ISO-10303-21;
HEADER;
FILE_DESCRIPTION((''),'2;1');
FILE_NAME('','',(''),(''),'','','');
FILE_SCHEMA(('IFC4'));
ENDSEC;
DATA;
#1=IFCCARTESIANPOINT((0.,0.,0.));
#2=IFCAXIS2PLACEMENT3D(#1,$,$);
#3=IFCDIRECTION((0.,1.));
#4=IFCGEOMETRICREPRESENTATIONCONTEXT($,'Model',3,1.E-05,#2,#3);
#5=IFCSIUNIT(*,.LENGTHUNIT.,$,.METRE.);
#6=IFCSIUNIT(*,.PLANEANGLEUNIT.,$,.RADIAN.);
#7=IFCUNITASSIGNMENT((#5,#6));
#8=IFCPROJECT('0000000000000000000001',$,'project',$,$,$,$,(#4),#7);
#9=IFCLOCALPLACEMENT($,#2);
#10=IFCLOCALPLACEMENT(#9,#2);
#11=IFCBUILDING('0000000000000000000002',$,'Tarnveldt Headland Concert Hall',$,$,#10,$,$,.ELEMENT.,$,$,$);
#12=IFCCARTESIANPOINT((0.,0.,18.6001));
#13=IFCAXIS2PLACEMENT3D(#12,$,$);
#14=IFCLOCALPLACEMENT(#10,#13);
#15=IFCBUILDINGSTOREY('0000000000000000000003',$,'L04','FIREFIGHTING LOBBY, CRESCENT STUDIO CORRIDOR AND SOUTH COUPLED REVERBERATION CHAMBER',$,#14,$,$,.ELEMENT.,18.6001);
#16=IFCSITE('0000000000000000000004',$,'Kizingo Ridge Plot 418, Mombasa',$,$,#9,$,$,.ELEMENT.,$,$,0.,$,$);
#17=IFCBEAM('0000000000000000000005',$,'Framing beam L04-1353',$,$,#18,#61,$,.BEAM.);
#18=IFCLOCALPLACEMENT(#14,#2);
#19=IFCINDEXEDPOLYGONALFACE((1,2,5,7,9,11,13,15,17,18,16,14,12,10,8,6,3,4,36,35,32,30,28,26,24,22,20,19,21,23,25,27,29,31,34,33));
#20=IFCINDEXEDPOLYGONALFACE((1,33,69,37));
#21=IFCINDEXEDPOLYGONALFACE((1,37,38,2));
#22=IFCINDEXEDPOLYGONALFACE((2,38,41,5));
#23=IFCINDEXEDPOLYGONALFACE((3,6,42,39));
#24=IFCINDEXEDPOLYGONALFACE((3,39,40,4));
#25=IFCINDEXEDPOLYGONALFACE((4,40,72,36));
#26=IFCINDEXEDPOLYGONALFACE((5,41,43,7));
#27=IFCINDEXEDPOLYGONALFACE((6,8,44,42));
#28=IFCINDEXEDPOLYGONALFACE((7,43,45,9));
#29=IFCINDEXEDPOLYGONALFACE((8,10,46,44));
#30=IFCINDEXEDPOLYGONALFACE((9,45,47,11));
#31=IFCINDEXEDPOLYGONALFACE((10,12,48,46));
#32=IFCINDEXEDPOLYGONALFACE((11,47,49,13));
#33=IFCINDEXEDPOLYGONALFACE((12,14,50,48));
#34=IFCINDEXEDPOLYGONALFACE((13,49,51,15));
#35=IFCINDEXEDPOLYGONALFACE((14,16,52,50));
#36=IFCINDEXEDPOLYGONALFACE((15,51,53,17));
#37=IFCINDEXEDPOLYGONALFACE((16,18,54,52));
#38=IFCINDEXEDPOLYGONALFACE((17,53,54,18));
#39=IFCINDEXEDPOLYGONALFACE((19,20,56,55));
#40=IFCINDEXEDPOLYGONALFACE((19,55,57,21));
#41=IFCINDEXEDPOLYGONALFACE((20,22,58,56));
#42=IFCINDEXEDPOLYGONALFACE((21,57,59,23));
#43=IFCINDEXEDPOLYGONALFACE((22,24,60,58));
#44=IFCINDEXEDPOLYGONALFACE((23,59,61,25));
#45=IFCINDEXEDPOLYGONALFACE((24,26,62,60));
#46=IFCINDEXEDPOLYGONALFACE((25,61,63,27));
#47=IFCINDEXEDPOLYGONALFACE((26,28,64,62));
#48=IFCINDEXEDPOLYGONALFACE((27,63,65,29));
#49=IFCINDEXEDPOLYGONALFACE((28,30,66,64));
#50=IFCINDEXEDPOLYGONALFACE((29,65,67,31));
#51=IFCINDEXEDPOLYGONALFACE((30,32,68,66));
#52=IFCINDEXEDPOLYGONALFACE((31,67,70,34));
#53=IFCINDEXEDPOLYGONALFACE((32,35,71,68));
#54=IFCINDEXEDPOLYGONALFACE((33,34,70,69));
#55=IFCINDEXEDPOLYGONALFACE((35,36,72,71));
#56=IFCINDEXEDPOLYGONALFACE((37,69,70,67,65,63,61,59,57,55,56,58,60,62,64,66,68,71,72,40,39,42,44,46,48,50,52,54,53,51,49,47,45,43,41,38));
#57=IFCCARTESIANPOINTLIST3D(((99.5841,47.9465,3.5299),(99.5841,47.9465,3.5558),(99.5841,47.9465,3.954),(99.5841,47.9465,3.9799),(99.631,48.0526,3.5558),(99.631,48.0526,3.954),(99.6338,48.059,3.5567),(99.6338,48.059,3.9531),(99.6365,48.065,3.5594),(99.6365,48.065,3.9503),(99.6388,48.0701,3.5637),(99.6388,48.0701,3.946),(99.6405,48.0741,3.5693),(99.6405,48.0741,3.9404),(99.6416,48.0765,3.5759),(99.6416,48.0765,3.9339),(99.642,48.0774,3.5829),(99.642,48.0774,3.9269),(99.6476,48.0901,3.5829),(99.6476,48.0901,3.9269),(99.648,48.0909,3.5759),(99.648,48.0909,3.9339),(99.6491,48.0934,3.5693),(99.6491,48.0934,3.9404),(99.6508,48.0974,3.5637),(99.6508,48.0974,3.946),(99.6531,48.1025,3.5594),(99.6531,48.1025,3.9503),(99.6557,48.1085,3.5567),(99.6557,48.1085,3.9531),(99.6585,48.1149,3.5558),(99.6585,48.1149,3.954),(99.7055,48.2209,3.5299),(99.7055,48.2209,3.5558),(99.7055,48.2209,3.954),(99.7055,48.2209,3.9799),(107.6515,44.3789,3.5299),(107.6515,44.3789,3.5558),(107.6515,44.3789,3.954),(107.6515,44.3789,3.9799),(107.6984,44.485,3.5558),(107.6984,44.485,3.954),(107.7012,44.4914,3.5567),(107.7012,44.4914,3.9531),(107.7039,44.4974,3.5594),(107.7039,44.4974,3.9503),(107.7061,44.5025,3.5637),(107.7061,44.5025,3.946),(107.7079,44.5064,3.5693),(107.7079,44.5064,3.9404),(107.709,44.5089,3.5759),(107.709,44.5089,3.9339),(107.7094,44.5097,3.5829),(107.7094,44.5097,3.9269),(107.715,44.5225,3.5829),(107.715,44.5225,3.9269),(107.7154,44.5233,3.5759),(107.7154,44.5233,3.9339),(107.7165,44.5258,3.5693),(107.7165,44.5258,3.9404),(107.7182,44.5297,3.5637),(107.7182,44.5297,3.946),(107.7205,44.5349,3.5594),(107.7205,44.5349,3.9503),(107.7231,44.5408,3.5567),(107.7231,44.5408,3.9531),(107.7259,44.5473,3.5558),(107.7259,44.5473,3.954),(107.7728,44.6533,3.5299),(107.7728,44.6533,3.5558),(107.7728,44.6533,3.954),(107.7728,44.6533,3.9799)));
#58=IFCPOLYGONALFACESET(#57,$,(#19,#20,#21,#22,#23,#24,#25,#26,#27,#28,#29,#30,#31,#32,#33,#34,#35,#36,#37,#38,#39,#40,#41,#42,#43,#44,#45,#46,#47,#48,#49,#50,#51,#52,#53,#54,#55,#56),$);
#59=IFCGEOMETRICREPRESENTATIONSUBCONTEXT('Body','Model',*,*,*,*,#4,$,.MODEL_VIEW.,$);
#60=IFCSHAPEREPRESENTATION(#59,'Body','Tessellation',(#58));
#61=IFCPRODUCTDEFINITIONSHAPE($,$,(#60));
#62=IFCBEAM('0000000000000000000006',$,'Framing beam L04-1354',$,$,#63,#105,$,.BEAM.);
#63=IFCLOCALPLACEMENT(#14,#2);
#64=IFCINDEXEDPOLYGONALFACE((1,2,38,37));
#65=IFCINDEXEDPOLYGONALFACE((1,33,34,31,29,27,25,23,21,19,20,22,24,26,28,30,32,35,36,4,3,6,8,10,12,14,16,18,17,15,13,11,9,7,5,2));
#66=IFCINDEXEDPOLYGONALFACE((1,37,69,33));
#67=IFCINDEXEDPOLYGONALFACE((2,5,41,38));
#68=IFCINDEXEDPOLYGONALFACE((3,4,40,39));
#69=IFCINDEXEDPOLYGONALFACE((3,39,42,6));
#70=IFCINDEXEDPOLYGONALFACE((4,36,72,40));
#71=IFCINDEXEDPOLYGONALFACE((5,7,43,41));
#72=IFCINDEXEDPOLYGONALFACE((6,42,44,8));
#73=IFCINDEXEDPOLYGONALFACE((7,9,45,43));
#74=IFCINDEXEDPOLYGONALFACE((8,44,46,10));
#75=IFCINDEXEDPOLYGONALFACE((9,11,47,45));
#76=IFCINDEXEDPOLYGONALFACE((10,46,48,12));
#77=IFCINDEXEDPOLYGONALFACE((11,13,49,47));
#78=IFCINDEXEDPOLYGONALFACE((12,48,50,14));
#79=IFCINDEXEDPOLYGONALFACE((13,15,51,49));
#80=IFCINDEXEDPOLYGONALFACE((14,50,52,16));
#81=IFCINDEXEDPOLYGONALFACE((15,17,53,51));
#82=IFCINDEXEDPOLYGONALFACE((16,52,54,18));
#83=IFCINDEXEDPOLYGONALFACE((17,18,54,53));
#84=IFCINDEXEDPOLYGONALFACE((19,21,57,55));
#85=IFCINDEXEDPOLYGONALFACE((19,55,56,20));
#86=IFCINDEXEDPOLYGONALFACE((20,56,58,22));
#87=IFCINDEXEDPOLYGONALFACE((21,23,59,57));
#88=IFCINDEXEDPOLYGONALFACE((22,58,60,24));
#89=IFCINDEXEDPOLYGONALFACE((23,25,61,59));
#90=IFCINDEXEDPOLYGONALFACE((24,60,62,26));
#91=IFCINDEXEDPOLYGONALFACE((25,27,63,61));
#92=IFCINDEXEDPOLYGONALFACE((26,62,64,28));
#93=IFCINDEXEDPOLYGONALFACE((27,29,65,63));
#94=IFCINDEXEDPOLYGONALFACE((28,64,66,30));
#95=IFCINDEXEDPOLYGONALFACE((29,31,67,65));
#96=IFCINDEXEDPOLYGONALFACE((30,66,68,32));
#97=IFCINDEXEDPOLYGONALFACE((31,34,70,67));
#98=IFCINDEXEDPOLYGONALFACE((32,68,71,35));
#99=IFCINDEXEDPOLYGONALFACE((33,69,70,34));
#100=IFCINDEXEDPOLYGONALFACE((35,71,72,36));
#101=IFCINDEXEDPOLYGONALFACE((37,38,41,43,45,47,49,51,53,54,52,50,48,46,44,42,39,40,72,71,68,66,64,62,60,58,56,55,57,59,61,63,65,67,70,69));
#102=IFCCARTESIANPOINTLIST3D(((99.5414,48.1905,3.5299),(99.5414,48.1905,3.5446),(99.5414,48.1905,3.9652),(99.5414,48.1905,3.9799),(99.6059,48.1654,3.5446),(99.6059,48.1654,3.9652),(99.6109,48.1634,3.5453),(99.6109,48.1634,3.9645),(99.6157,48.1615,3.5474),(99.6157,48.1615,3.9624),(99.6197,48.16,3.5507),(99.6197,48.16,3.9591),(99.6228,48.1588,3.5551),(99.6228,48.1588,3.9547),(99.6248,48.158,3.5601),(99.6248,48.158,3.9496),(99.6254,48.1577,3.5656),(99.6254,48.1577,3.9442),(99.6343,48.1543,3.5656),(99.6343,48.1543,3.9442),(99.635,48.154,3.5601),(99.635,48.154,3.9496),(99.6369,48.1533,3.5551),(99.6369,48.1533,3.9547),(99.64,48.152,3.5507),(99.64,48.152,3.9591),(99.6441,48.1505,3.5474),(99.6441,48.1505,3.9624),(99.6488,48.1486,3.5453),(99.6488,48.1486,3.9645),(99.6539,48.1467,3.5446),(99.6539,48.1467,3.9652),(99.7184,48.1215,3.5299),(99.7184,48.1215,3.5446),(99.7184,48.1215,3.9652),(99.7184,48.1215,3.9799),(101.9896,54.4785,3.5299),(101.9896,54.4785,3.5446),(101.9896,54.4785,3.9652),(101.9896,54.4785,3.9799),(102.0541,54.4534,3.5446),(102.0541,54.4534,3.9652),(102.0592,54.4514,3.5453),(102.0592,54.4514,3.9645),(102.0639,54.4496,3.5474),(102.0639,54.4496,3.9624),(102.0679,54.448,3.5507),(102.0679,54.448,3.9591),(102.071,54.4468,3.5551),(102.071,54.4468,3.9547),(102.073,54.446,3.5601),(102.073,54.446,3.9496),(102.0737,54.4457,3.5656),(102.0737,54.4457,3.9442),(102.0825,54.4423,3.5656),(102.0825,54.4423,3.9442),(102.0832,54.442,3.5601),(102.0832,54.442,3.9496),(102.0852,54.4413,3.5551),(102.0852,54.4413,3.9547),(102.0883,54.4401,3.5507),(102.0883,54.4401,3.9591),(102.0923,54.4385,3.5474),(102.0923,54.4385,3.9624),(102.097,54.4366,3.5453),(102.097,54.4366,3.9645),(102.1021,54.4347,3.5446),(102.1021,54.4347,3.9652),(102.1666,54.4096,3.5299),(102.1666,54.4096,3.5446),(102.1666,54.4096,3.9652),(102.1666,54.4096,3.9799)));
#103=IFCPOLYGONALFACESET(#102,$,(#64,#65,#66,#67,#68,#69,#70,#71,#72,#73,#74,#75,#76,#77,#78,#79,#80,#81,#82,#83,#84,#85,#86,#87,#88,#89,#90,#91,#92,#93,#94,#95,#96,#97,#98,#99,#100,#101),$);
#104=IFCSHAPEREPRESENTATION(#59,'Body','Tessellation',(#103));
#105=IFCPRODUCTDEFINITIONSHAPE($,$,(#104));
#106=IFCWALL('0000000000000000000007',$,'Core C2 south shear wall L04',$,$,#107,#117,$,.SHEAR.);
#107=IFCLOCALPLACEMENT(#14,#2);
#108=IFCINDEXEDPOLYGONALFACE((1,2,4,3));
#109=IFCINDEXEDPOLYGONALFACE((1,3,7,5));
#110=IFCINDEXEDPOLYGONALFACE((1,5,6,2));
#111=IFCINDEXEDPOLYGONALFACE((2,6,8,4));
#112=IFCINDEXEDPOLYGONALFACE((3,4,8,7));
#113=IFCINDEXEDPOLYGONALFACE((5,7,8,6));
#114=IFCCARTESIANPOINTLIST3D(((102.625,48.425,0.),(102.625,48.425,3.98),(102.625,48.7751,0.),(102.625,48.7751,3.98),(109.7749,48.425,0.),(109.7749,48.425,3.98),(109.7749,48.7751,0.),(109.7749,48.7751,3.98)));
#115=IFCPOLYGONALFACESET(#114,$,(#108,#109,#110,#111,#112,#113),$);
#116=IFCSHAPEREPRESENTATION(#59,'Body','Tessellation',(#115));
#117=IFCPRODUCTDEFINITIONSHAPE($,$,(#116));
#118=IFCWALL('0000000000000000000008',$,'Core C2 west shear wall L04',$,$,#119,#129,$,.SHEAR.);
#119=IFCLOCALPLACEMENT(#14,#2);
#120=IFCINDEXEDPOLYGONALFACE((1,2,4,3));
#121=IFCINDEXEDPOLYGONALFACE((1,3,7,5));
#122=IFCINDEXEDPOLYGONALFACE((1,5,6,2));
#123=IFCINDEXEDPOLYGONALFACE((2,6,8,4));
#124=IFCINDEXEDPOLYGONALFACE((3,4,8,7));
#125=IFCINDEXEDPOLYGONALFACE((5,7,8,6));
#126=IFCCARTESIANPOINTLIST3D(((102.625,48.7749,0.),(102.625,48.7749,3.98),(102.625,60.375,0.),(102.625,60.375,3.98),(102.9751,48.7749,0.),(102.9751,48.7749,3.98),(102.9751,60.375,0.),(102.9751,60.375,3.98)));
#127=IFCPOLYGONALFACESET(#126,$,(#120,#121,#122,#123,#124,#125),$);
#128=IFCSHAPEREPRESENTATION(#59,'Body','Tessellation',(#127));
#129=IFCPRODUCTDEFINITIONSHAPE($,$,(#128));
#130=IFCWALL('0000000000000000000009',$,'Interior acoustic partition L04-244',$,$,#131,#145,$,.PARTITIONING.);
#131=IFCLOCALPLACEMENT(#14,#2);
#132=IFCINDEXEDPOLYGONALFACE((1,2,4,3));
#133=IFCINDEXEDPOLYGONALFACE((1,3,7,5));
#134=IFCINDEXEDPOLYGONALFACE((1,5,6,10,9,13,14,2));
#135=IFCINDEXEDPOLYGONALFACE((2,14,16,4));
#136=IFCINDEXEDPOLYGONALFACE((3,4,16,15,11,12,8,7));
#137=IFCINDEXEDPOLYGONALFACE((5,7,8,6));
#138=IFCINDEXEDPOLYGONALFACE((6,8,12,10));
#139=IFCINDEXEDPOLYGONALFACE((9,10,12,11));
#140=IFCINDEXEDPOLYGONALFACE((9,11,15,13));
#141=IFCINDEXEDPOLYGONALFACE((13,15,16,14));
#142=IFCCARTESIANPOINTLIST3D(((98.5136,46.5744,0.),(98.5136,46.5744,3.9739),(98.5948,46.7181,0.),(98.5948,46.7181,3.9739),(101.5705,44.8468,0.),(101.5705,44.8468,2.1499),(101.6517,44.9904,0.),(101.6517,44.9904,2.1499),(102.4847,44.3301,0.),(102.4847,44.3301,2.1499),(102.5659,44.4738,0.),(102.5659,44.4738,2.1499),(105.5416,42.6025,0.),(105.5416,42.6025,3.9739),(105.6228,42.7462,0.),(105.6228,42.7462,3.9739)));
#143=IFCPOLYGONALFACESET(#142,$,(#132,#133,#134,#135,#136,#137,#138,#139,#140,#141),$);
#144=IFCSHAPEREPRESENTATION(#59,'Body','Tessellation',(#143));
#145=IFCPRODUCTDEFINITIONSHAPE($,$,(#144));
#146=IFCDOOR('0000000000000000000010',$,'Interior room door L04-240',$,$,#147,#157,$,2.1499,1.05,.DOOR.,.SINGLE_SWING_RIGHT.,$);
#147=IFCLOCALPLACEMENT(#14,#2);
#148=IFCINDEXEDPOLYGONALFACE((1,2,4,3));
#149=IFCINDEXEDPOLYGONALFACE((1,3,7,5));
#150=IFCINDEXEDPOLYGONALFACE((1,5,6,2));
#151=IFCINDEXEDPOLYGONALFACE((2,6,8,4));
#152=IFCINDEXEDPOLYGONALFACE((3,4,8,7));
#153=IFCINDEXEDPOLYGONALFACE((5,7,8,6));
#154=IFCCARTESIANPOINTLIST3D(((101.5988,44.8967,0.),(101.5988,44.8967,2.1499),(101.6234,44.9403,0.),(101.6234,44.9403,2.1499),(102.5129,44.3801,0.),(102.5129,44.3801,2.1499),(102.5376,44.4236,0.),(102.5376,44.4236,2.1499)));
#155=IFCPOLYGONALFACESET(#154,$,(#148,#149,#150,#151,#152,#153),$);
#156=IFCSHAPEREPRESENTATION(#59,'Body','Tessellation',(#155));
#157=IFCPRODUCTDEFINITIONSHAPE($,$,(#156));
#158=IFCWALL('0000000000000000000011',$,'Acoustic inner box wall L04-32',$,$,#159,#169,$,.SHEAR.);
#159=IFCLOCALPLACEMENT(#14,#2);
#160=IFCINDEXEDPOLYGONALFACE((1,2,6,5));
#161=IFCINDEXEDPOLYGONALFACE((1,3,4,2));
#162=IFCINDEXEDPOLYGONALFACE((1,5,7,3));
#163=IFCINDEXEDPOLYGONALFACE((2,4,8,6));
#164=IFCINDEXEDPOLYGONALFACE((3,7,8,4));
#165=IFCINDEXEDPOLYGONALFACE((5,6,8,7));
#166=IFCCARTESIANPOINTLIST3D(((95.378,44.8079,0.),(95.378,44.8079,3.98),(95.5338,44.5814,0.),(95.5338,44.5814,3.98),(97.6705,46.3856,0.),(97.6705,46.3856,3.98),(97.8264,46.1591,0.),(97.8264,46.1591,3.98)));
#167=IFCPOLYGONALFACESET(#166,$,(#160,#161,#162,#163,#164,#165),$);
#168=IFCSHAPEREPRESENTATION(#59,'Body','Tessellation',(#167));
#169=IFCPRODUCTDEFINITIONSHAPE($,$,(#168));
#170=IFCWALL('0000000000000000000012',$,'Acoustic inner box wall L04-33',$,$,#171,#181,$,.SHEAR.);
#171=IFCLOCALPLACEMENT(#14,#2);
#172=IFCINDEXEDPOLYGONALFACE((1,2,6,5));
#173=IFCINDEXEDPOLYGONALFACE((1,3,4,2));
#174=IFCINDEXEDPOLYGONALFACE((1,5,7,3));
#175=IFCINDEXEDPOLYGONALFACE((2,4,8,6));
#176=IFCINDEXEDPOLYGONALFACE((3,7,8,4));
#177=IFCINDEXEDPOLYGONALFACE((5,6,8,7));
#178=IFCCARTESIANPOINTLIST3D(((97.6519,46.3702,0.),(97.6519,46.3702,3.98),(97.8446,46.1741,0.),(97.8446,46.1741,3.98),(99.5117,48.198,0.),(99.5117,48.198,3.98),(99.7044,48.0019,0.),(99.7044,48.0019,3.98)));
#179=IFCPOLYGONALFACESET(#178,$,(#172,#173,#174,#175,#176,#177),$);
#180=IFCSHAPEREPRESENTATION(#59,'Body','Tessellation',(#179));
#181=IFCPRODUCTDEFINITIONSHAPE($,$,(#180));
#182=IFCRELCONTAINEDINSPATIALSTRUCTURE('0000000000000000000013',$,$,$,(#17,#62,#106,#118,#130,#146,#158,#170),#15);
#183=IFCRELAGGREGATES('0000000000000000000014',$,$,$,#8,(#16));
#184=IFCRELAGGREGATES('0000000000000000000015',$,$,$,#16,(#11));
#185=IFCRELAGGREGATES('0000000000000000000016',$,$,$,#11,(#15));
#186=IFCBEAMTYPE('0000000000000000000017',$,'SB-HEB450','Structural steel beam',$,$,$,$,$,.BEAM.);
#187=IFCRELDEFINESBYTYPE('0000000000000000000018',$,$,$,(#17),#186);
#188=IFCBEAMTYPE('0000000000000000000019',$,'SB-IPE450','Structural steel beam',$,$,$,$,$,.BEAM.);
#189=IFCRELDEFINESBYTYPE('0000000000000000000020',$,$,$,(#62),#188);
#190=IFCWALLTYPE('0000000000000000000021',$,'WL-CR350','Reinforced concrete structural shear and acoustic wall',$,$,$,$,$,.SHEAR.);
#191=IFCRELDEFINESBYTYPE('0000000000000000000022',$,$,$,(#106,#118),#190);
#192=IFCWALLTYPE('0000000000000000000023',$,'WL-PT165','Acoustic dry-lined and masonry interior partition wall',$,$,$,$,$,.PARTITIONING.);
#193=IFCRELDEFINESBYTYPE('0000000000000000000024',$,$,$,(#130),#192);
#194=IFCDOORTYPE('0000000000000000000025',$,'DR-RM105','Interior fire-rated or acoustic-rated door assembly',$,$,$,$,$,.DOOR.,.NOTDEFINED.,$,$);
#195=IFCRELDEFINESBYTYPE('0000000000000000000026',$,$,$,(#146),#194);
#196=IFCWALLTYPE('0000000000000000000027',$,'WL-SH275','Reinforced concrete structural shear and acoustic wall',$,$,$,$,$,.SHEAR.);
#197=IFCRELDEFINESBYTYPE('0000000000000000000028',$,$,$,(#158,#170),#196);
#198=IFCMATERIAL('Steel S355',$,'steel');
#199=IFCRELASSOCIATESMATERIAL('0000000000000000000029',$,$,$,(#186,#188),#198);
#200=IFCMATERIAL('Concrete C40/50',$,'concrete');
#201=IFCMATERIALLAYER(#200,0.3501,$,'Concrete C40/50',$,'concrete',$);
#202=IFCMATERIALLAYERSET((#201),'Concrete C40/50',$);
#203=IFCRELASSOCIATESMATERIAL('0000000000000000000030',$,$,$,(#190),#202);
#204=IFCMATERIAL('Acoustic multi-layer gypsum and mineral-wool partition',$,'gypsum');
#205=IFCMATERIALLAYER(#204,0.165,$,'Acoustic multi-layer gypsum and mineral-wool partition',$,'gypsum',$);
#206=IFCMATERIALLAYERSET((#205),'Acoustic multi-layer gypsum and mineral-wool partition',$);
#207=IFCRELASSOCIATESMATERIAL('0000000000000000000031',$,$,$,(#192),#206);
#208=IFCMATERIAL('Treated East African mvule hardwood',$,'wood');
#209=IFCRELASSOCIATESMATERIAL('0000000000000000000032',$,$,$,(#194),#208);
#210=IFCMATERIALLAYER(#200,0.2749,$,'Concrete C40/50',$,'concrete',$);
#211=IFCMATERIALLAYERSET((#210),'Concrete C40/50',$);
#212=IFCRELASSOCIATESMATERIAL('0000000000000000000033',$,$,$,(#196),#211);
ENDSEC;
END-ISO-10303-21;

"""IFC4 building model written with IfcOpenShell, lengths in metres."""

from ifc_helpers import new_model, si_unit, direction, frame, frame_2d, origin, origin_2d, place, context, subcontext, project, spatial, rectangle, i_section, extrude, material, layer, layer_set, material_profile, profile_set, type_object, element, fill, save


model = new_model("IFC4")

# Units and contexts
model_context = context("Model", 3, precision=1e-05, world=origin(), true_north=direction((0.0, 1.0)))
body_context = subcontext(model_context, "Body", "Model", "MODEL_VIEW")
ifc_project = project(units=[si_unit("LENGTHUNIT", "METRE"), si_unit("PLANEANGLEUNIT", "RADIAN")], contexts=[model_context])

# Site, building, storey
site_placement = place(None, origin())
site = spatial("IfcSite", under=ifc_project, at=site_placement, Name="Kizingo Ridge Plot 418, Mombasa", CompositionType="ELEMENT", RefElevation=0.0)
building_placement = place(site_placement, origin())
building = spatial("IfcBuilding", under=site, at=building_placement, Name="Tarnveldt Headland Concert Hall", CompositionType="ELEMENT")
storey_placement = place(building_placement, frame((0.0, 0.0, 18.6001)))
storey = spatial("IfcBuildingStorey", under=building, at=storey_placement, Name="L04", Description="FIREFIGHTING LOBBY, CRESCENT STUDIO CORRIDOR AND SOUTH COUPLED REVERBERATION CHAMBER", CompositionType="ELEMENT", Elevation=18.6001)

# Shared definitions
ifc_material_1 = material(Name="Concrete C40/50", Category="concrete")

# Beams
ifc_material_2 = material(Name="Steel S355", Category="steel")
ifc_material_profile_1 = material_profile(ifc_material_2, i_section(OverallWidth=0.3, OverallDepth=0.45, WebThickness=0.0139, FlangeThickness=0.0259, FilletRadius=0.0271, at=origin_2d()), Name="HEB450", Category="steel")
ifc_profile_set_1 = profile_set([ifc_material_profile_1], Name="Steel S355")
beam_type_1 = type_object("IfcBeamType", Name="SB-HEB450", Description="Structural steel beam", PredefinedType="BEAM", material=ifc_profile_set_1)
beam_1_placement = place(storey_placement, frame((99.6448, 48.0837, 3.7549), z_axis=(0.914562, -0.404445, 0.0), x_axis=(0.404445, 0.914562, 0.0)))
element("IfcBeam", 1, at=beam_1_placement, inside=storey, type_object=beam_type_1, Name="Framing beam L04-1353", PredefinedType="BEAM", context=body_context, shape_type="SweptSolid", body=[
    extrude(i_section(OverallWidth=0.3, OverallDepth=0.45, WebThickness=0.0139, FlangeThickness=0.0259, FilletRadius=0.0271, at=origin_2d()), origin(), (0.0, 0.0, 1.0), 8.821),
])
ifc_material_profile_2 = material_profile(ifc_material_2, i_section(OverallWidth=0.1899, OverallDepth=0.45, WebThickness=0.0095, FlangeThickness=0.0146, FilletRadius=0.021, at=origin_2d()), Name="IPE450", Category="steel")
ifc_profile_set_2 = profile_set([ifc_material_profile_2], Name="Steel S355")
beam_type_2 = type_object("IfcBeamType", Name="SB-IPE450", Description="Structural steel beam", PredefinedType="BEAM", material=ifc_profile_set_2)
beam_2_placement = place(storey_placement, frame((99.6299, 48.156, 3.7549), z_axis=(0.362816, 0.931861, 0.0), x_axis=(-0.931861, 0.362816, 0.0)))
element("IfcBeam", 2, at=beam_2_placement, inside=storey, type_object=beam_type_2, Name="Framing beam L04-1354", PredefinedType="BEAM", context=body_context, shape_type="SweptSolid", body=[
    extrude(i_section(OverallWidth=0.1899, OverallDepth=0.45, WebThickness=0.0095, FlangeThickness=0.0146, FilletRadius=0.021, at=origin_2d()), origin(), (0.0, 0.0, 1.0), 6.7478),
])

# Walls
ifc_layer_1 = layer(ifc_material_1, 0.3501, Name="Concrete C40/50", Category="concrete")
ifc_layer_set_1 = layer_set([ifc_layer_1], Name="Concrete C40/50")
wall_type_1 = type_object("IfcWallType", Name="WL-CR350", Description="Reinforced concrete structural shear and acoustic wall", PredefinedType="SHEAR", material=ifc_layer_set_1)
wall_1_placement = place(storey_placement, frame((102.625, 48.6001, 0.0), z_axis=(0.0, 0.0, 1.0), x_axis=(1.0, 0.0, 0.0)))
element("IfcWall", 3, at=wall_1_placement, inside=storey, type_object=wall_type_1, Name="Core C2 south shear wall L04", PredefinedType="SHEAR", context=body_context, shape_type="SweptSolid", body=[
    extrude(rectangle(XDim=7.1499, YDim=0.3501, at=frame_2d((3.575, 0.0))), origin(), (0.0, 0.0, 1.0), 3.98),
])
wall_2_placement = place(storey_placement, frame((102.8, 48.7749, 0.0), z_axis=(0.0, 0.0, 1.0), x_axis=(0.0, 1.0, 0.0)))
element("IfcWall", 4, at=wall_2_placement, inside=storey, type_object=wall_type_1, Name="Core C2 west shear wall L04", PredefinedType="SHEAR", context=body_context, shape_type="SweptSolid", body=[
    extrude(rectangle(XDim=11.6001, YDim=0.3501, at=frame_2d((5.8, 0.0))), origin(), (0.0, 0.0, 1.0), 3.98),
])

# Wall, opening, door
ifc_material_3 = material(Name="Acoustic multi-layer gypsum and mineral-wool partition", Category="gypsum")
ifc_layer_2 = layer(ifc_material_3, 0.165, Name="Acoustic multi-layer gypsum and mineral-wool partition", Category="gypsum")
ifc_layer_set_2 = layer_set([ifc_layer_2], Name="Acoustic multi-layer gypsum and mineral-wool partition")
wall_type_2 = type_object("IfcWallType", Name="WL-PT165", Description="Acoustic dry-lined and masonry interior partition wall", PredefinedType="PARTITIONING", material=ifc_layer_set_2)
wall_3_placement = place(storey_placement, frame((98.5542, 46.6462, 0.0), z_axis=(0.0, 0.0, 1.0), x_axis=(0.870588, -0.492013, 0.0)))
wall_3 = element("IfcWall", 5, at=wall_3_placement, inside=storey, type_object=wall_type_2, Name="Interior acoustic partition L04-244", PredefinedType="PARTITIONING", context=body_context, shape_type="SweptSolid", body=[
    extrude(rectangle(XDim=8.0728, YDim=0.165, at=frame_2d((4.0364, 0.0))), origin(), (0.0, 0.0, 1.0), 3.9739),
])
opening_placement = place(wall_3_placement, frame((3.5115, 0.0, 0.0)))
opening = element("IfcOpeningElement", 6, at=opening_placement, cuts=wall_3, PredefinedType="OPENING", context=body_context, shape_type="SweptSolid", body=[
    extrude(rectangle(XDim=1.05, YDim=2.1499, at=frame_2d((0.5249, 1.075))), frame((0.0, 0.0925, 0.0), z_axis=(0.0, -1.0, 0.0), x_axis=(1.0, 0.0, 0.0)), (0.0, 0.0, 1.0), 0.1851),
])
ifc_material_4 = material(Name="Treated East African mvule hardwood", Category="wood")
door_type = type_object("IfcDoorType", Name="DR-RM105", Description="Interior fire-rated or acoustic-rated door assembly", OperationType="NOTDEFINED", PredefinedType="DOOR", material=ifc_material_4)
door_placement = place(opening_placement, origin())
door = element("IfcDoor", 7, at=door_placement, inside=storey, type_object=door_type, Name="Interior room door L04-240", OperationType="SINGLE_SWING_RIGHT", OverallHeight=2.1499, OverallWidth=1.05, PredefinedType="DOOR", context=body_context, shape_type="SweptSolid", body=[
    extrude(rectangle(XDim=1.05, YDim=2.1499, at=frame_2d((0.5249, 1.075))), frame((0.0, 0.0249, 0.0), z_axis=(0.0, -1.0, 0.0), x_axis=(1.0, 0.0, 0.0)), (0.0, 0.0, 1.0), 0.05),
])
fill(opening, door)

# Walls
ifc_layer_3 = layer(ifc_material_1, 0.2749, Name="Concrete C40/50", Category="concrete")
ifc_layer_set_3 = layer_set([ifc_layer_3], Name="Concrete C40/50")
wall_type_3 = type_object("IfcWallType", Name="WL-SH275", Description="Reinforced concrete structural shear and acoustic wall", PredefinedType="SHEAR", material=ifc_layer_set_3)
wall_4_placement = place(storey_placement, frame((95.4558, 44.6946, 0.0), z_axis=(0.0, 0.0, 1.0), x_axis=(0.823781, 0.566909, 0.0)))
element("IfcWall", 8, at=wall_4_placement, inside=storey, type_object=wall_type_3, Name="Acoustic inner box wall L04-32", PredefinedType="SHEAR", context=body_context, shape_type="SweptSolid", body=[
    extrude(rectangle(XDim=2.783, YDim=0.2749, at=frame_2d((1.3916, 0.0))), origin(), (0.0, 0.0, 1.0), 3.98),
])
wall_5_placement = place(storey_placement, frame((97.7483, 46.2722, 0.0), z_axis=(0.0, 0.0, 1.0), x_axis=(0.713212, 0.700948, 0.0)))
element("IfcWall", 9, at=wall_5_placement, inside=storey, type_object=wall_type_3, Name="Acoustic inner box wall L04-33", PredefinedType="SHEAR", context=body_context, shape_type="SweptSolid", body=[
    extrude(rectangle(XDim=2.6077, YDim=0.2749, at=frame_2d((1.3037, 0.0))), origin(), (0.0, 0.0, 1.0), 3.98),
])

save(model, "model.ifc")
